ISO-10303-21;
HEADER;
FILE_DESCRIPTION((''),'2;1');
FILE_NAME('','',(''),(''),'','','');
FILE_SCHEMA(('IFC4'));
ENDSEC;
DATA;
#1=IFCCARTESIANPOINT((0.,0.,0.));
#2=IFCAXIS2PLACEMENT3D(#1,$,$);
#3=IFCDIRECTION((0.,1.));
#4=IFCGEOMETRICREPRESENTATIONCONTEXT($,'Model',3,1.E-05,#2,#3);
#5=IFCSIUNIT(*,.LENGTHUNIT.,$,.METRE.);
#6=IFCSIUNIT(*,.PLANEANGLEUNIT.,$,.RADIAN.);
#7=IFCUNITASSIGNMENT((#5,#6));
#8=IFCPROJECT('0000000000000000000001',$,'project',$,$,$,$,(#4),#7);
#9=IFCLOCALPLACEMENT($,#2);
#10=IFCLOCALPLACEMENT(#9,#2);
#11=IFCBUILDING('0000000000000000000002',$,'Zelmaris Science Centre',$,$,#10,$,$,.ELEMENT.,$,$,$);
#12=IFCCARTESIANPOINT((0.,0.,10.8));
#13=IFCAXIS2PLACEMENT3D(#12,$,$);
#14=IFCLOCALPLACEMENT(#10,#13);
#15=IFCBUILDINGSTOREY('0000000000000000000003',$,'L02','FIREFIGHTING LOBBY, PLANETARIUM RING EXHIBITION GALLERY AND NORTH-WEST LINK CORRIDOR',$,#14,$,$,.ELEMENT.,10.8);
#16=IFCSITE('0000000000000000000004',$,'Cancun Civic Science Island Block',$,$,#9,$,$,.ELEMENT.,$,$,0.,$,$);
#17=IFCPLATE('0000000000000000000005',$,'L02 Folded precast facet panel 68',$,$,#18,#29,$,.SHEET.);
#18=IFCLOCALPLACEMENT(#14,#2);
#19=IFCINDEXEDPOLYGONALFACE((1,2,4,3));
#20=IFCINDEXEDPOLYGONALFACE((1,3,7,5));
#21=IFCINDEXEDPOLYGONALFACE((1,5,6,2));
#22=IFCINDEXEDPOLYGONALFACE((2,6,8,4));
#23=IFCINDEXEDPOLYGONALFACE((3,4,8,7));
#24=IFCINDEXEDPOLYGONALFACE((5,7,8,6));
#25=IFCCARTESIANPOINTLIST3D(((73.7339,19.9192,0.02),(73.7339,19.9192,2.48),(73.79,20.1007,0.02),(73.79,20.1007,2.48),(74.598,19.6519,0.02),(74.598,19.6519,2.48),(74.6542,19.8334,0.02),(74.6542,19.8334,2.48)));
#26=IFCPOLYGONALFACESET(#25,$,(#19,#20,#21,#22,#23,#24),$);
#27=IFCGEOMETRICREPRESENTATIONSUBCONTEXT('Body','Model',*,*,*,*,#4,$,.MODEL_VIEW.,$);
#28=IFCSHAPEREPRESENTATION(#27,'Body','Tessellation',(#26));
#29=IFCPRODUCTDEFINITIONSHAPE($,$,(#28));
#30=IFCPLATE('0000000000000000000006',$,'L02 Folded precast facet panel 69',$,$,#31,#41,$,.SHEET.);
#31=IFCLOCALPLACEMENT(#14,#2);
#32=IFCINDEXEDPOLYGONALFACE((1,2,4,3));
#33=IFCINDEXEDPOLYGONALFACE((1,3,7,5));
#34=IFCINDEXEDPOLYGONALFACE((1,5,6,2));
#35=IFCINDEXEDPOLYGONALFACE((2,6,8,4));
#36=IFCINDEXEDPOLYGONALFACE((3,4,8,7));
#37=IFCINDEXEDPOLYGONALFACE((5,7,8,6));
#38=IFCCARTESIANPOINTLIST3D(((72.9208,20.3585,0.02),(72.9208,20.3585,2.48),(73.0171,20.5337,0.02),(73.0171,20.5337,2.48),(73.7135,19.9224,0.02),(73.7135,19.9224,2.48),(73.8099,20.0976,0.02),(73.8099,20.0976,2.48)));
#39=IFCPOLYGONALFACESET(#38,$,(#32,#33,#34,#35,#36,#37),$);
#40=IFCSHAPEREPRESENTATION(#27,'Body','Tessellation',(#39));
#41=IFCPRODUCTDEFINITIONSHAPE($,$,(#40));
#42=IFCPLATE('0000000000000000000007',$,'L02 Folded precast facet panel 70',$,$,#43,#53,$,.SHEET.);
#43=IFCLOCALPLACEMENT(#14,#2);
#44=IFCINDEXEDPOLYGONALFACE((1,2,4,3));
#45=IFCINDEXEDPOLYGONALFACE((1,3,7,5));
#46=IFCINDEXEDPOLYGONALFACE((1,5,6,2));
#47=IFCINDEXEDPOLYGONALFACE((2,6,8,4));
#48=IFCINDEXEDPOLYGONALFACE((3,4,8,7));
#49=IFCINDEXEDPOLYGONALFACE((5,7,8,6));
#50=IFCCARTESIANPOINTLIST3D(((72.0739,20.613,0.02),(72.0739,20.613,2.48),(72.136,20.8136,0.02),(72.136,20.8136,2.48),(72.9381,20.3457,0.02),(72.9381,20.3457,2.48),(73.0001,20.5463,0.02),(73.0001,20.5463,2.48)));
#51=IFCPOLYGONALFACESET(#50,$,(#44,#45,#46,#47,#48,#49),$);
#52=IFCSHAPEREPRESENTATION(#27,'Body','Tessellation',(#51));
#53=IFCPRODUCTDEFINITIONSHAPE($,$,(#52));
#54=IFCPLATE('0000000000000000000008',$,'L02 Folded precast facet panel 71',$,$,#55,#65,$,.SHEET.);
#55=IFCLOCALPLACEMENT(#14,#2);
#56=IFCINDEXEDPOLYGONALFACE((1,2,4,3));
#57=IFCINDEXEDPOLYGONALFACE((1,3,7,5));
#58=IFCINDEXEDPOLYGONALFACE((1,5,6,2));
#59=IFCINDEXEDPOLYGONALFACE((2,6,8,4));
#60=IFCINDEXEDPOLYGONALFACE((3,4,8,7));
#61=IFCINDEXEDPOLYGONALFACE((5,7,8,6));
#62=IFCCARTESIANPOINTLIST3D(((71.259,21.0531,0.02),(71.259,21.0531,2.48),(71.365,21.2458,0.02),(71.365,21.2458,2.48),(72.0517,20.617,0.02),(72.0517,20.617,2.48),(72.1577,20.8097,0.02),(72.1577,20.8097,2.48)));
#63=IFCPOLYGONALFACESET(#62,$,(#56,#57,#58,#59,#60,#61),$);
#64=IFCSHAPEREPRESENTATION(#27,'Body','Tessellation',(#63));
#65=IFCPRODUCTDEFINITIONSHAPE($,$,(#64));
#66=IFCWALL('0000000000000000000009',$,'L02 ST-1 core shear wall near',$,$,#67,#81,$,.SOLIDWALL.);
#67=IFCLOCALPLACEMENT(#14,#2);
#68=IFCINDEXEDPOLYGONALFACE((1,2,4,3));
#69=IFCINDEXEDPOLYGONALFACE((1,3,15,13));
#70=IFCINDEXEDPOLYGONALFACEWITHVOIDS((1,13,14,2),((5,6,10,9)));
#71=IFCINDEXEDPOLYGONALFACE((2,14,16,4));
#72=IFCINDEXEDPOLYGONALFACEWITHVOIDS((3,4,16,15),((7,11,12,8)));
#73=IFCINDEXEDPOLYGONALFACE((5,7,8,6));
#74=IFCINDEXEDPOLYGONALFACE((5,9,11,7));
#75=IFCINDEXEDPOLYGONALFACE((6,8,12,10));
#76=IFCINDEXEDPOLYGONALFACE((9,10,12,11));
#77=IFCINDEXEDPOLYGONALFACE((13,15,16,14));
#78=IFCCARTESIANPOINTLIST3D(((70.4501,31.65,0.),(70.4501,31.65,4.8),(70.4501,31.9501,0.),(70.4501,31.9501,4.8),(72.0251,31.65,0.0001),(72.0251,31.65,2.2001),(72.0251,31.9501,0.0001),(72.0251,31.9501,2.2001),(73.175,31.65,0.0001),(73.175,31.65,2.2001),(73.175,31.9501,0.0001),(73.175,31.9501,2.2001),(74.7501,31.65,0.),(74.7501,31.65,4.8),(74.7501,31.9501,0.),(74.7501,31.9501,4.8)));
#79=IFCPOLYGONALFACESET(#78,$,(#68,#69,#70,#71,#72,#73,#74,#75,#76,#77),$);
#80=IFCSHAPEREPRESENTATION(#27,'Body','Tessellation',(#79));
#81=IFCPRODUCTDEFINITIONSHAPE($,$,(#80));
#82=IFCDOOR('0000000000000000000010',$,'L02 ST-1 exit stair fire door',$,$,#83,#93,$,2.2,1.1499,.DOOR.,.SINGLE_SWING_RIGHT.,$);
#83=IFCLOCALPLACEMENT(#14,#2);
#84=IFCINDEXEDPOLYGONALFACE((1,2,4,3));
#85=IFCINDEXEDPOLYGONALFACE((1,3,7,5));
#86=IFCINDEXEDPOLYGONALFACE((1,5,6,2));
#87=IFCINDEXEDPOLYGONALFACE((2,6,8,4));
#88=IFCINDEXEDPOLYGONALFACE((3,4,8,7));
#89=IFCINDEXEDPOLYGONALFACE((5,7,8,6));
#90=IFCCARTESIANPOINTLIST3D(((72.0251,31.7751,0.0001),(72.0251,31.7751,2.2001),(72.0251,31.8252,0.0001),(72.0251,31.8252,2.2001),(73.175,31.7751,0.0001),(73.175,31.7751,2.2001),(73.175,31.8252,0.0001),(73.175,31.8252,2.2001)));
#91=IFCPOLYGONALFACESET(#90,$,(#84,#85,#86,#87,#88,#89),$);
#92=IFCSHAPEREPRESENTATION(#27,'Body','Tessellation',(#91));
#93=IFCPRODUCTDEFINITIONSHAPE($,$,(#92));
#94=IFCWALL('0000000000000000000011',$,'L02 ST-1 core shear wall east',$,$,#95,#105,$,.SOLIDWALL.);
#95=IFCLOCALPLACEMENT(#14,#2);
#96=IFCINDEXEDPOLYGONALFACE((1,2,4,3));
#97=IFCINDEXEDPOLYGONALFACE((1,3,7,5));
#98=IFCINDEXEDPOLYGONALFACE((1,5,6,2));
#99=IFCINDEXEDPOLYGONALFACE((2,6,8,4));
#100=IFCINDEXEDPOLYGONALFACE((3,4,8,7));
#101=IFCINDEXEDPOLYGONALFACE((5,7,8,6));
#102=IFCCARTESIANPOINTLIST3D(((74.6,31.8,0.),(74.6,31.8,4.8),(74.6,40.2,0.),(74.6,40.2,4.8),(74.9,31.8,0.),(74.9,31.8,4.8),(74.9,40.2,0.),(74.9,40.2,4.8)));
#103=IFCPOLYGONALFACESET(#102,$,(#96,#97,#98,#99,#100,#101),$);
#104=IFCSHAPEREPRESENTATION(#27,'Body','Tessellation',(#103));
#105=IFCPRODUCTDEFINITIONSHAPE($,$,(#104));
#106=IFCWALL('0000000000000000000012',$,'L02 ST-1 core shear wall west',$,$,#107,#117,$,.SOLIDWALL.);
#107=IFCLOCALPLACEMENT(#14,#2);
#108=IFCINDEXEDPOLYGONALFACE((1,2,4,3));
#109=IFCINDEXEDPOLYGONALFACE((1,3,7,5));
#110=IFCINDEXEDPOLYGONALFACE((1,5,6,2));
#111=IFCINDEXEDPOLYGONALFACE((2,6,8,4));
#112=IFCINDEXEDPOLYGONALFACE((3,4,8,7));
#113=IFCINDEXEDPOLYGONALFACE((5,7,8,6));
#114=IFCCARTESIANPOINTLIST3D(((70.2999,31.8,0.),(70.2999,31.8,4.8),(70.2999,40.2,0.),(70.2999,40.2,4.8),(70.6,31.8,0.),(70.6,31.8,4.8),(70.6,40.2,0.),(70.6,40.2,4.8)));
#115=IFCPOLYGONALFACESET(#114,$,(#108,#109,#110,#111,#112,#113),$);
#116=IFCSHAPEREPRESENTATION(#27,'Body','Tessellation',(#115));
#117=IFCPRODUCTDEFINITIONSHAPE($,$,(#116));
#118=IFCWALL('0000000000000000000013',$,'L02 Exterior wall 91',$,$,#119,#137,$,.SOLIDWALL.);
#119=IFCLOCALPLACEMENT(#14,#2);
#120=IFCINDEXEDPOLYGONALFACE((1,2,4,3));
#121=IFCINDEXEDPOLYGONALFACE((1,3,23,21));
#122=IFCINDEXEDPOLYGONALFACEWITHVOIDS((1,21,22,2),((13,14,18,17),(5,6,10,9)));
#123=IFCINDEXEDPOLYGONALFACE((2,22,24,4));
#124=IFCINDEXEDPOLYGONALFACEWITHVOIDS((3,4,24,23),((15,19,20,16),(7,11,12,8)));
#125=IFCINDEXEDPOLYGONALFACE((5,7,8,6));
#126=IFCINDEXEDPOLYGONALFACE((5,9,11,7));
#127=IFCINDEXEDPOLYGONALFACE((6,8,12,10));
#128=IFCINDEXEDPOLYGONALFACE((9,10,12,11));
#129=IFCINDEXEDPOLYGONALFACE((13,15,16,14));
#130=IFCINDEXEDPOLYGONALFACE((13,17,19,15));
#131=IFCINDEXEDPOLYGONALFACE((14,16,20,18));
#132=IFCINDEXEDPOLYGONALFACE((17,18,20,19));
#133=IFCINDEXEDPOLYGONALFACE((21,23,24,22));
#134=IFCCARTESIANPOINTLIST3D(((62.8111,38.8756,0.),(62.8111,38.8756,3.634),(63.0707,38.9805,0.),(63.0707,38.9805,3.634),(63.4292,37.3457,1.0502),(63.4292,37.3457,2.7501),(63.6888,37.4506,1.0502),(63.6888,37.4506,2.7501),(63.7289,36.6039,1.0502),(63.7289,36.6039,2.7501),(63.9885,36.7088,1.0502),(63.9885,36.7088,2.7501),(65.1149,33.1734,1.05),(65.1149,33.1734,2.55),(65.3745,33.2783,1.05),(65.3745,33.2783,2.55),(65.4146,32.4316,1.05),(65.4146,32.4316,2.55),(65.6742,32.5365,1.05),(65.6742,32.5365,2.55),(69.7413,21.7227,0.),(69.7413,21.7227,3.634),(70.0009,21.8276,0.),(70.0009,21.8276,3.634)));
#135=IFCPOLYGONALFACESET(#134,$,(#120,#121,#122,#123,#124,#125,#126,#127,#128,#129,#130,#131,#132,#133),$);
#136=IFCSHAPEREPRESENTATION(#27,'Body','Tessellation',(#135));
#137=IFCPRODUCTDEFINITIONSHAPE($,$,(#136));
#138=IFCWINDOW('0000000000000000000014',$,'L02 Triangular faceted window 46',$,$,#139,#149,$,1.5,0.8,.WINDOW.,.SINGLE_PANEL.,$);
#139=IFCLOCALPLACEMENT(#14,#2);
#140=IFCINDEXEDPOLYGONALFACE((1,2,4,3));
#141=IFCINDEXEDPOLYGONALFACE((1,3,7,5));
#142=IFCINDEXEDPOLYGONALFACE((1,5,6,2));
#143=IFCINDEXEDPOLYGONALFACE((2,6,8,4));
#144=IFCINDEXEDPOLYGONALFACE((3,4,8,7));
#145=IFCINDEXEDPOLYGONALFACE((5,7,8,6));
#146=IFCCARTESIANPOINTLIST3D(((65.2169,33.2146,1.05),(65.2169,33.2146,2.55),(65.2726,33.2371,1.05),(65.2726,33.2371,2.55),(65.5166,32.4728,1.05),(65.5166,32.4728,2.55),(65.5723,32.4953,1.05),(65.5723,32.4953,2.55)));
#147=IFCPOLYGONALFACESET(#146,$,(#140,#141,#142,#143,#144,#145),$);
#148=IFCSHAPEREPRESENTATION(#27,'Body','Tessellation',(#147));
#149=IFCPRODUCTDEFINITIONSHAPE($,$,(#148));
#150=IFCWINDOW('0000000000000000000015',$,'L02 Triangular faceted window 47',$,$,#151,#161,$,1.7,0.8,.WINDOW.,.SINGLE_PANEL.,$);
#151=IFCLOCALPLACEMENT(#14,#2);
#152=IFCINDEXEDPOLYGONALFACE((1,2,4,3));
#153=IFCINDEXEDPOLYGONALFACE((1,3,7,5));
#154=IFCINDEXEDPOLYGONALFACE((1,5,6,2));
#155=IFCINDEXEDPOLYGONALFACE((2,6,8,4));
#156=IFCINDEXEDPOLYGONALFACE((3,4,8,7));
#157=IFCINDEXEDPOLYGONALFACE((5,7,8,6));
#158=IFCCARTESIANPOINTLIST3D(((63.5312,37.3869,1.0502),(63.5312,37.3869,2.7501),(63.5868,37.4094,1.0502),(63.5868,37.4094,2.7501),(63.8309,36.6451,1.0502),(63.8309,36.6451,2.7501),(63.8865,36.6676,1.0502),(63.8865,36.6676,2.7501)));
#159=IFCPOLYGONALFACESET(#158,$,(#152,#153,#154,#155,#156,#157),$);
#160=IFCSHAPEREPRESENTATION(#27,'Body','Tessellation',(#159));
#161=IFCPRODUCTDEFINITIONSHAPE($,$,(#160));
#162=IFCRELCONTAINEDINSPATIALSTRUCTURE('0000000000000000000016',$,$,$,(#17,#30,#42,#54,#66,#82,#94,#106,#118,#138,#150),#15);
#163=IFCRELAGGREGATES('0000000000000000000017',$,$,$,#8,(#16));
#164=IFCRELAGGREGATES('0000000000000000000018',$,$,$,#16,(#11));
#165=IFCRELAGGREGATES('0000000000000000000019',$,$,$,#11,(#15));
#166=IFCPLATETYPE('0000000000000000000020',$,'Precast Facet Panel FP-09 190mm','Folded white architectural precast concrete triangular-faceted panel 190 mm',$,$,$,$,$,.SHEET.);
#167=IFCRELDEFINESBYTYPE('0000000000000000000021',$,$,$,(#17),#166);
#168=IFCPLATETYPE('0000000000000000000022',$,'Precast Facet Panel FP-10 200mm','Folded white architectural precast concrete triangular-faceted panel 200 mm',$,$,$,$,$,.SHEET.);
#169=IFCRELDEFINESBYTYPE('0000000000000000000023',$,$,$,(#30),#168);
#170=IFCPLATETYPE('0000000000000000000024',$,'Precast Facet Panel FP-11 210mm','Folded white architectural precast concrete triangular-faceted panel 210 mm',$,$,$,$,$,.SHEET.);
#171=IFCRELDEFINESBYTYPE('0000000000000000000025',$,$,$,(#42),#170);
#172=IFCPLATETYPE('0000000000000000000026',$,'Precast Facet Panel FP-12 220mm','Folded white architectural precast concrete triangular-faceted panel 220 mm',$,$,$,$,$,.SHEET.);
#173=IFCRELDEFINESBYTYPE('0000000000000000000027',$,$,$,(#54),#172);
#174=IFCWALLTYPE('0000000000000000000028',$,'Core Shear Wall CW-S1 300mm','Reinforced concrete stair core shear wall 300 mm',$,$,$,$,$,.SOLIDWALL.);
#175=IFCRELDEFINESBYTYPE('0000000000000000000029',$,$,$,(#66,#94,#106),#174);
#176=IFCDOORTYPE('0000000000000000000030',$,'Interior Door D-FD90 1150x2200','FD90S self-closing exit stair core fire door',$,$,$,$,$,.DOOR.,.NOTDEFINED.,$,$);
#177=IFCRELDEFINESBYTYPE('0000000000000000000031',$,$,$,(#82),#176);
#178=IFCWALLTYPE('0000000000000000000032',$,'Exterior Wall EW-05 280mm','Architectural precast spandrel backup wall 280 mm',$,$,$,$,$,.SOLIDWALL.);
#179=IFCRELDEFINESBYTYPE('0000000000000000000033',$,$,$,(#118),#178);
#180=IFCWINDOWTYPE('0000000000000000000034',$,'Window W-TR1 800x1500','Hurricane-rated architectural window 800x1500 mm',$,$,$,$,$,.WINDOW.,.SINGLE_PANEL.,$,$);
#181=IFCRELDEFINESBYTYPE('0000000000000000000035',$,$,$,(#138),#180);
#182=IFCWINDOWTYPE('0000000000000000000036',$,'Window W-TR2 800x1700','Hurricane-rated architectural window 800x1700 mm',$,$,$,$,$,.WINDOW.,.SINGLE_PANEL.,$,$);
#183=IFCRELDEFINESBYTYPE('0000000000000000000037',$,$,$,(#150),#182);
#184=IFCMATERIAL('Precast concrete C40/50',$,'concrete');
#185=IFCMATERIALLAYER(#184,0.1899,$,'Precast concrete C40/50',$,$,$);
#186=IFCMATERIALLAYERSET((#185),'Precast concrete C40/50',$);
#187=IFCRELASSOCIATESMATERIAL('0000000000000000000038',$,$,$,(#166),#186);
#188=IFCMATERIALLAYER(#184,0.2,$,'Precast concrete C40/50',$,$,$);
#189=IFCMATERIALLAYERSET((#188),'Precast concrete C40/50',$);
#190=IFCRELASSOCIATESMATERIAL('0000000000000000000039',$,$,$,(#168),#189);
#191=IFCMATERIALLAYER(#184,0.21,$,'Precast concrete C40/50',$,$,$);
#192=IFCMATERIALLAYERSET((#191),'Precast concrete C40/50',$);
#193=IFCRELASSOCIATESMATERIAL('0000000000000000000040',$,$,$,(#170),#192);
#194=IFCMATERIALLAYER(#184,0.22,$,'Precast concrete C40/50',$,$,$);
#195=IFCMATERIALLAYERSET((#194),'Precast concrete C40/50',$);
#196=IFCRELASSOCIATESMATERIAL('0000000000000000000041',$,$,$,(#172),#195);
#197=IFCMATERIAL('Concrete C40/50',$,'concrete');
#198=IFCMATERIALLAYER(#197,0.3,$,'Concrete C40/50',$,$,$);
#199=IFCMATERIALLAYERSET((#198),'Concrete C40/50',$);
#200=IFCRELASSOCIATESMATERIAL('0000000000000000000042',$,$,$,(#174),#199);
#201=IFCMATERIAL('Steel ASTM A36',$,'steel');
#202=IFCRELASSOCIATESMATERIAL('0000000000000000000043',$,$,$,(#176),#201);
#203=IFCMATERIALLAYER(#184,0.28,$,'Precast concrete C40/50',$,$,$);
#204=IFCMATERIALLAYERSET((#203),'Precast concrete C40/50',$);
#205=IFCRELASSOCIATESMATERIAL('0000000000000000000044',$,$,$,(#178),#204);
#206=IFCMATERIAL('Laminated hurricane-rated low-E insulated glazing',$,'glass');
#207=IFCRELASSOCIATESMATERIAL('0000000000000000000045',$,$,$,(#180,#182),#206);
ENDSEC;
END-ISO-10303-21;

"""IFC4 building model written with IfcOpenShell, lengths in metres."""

from ifc_helpers import new_model, si_unit, direction, frame, frame_2d, origin, place, context, subcontext, project, spatial, rectangle, extrude, material, layer, layer_set, type_object, element, fill, save


model = new_model("IFC4")

# Units and contexts
model_context = context("Model", 3, precision=1e-05, world=origin(), true_north=direction((0.0, 1.0)))
body_context = subcontext(model_context, "Body", "Model", "MODEL_VIEW")
ifc_project = project(units=[si_unit("LENGTHUNIT", "METRE"), si_unit("PLANEANGLEUNIT", "RADIAN")], contexts=[model_context])

# Site, building, storey
site_placement = place(None, origin())
site = spatial("IfcSite", under=ifc_project, at=site_placement, Name="Cancun Civic Science Island Block", CompositionType="ELEMENT", RefElevation=0.0)
building_placement = place(site_placement, origin())
building = spatial("IfcBuilding", under=site, at=building_placement, Name="Zelmaris Science Centre", CompositionType="ELEMENT")
storey_placement = place(building_placement, frame((0.0, 0.0, 10.8)))
storey = spatial("IfcBuildingStorey", under=building, at=storey_placement, Name="L02", Description="FIREFIGHTING LOBBY, PLANETARIUM RING EXHIBITION GALLERY AND NORTH-WEST LINK CORRIDOR", CompositionType="ELEMENT", Elevation=10.8)

# Plates
ifc_material_1 = material(Name="Precast concrete C40/50", Category="concrete")
ifc_layer_1 = layer(ifc_material_1, 0.1899, Name="Precast concrete C40/50")
ifc_layer_set_1 = layer_set([ifc_layer_1], Name="Precast concrete C40/50")
plate_type_1 = type_object("IfcPlateType", Name="Precast Facet Panel FP-09 190mm", Description="Folded white architectural precast concrete triangular-faceted panel 190 mm", PredefinedType="SHEET", material=ifc_layer_set_1)
plate_1_placement = place(storey_placement, frame((74.626, 19.7427, 0.02), z_axis=(0.0, 0.0, 1.0), x_axis=(-0.95534, 0.295508, 0.0)))
element("IfcPlate", 1, at=plate_1_placement, inside=storey, type_object=plate_type_1, Name="L02 Folded precast facet panel 68", PredefinedType="SHEET", context=body_context, shape_type="SweptSolid", body=[
    extrude(rectangle(XDim=0.9045, YDim=0.1899, at=frame_2d((0.4521, 0.0))), origin(), (0.0, 0.0, 1.0), 2.46),
])
ifc_layer_2 = layer(ifc_material_1, 0.2, Name="Precast concrete C40/50")
ifc_layer_set_2 = layer_set([ifc_layer_2], Name="Precast concrete C40/50")
plate_type_2 = type_object("IfcPlateType", Name="Precast Facet Panel FP-10 200mm", Description="Folded white architectural precast concrete triangular-faceted panel 200 mm", PredefinedType="SHEET", material=ifc_layer_set_2)
plate_2_placement = place(storey_placement, frame((73.7617, 20.01, 0.02), z_axis=(0.0, 0.0, 1.0), x_axis=(-0.876199, 0.48195, 0.0)))
element("IfcPlate", 2, at=plate_2_placement, inside=storey, type_object=plate_type_2, Name="L02 Folded precast facet panel 69", PredefinedType="SHEET", context=body_context, shape_type="SweptSolid", body=[
    extrude(rectangle(XDim=0.9048, YDim=0.2, at=frame_2d((0.4524, 0.0))), origin(), (0.0, 0.0, 1.0), 2.46),
])
ifc_layer_3 = layer(ifc_material_1, 0.21, Name="Precast concrete C40/50")
ifc_layer_set_3 = layer_set([ifc_layer_3], Name="Precast concrete C40/50")
plate_type_3 = type_object("IfcPlateType", Name="Precast Facet Panel FP-11 210mm", Description="Folded white architectural precast concrete triangular-faceted panel 210 mm", PredefinedType="SHEET", material=ifc_layer_set_3)
plate_3_placement = place(storey_placement, frame((72.969, 20.446, 0.02), z_axis=(0.0, 0.0, 1.0), x_axis=(-0.95534, 0.295508, 0.0)))
element("IfcPlate", 3, at=plate_3_placement, inside=storey, type_object=plate_type_3, Name="L02 Folded precast facet panel 70", PredefinedType="SHEET", context=body_context, shape_type="SweptSolid", body=[
    extrude(rectangle(XDim=0.9045, YDim=0.21, at=frame_2d((0.4521, 0.0))), origin(), (0.0, 0.0, 1.0), 2.46),
])
ifc_layer_4 = layer(ifc_material_1, 0.22, Name="Precast concrete C40/50")
ifc_layer_set_4 = layer_set([ifc_layer_4], Name="Precast concrete C40/50")
plate_type_4 = type_object("IfcPlateType", Name="Precast Facet Panel FP-12 220mm", Description="Folded white architectural precast concrete triangular-faceted panel 220 mm", PredefinedType="SHEET", material=ifc_layer_set_4)
plate_4_placement = place(storey_placement, frame((72.1047, 20.7134, 0.02), z_axis=(0.0, 0.0, 1.0), x_axis=(-0.876199, 0.48195, 0.0)))
element("IfcPlate", 4, at=plate_4_placement, inside=storey, type_object=plate_type_4, Name="L02 Folded precast facet panel 71", PredefinedType="SHEET", context=body_context, shape_type="SweptSolid", body=[
    extrude(rectangle(XDim=0.9048, YDim=0.22, at=frame_2d((0.4524, 0.0))), origin(), (0.0, 0.0, 1.0), 2.46),
])

# Wall, opening, door
ifc_material_2 = material(Name="Concrete C40/50", Category="concrete")
ifc_layer_5 = layer(ifc_material_2, 0.3, Name="Concrete C40/50")
ifc_layer_set_5 = layer_set([ifc_layer_5], Name="Concrete C40/50")
wall_type_1 = type_object("IfcWallType", Name="Core Shear Wall CW-S1 300mm", Description="Reinforced concrete stair core shear wall 300 mm", PredefinedType="SOLIDWALL", material=ifc_layer_set_5)
wall_1_placement = place(storey_placement, frame((74.75, 31.8, 0.0), z_axis=(0.0, 0.0, 1.0), x_axis=(-1.0, 0.0, 0.0)))
wall_1 = element("IfcWall", 5, at=wall_1_placement, inside=storey, type_object=wall_type_1, Name="L02 ST-1 core shear wall near", PredefinedType="SOLIDWALL", context=body_context, shape_type="SweptSolid", body=[
    extrude(rectangle(XDim=4.3, YDim=0.3, at=frame_2d((2.1499, 0.0))), origin(), (0.0, 0.0, 1.0), 4.8),
])
opening_1_placement = place(wall_1_placement, frame((1.575, 0.0, 0.0)))
opening_1 = element("IfcOpeningElement", 6, at=opening_1_placement, cuts=wall_1, PredefinedType="OPENING", context=body_context, shape_type="SweptSolid", body=[
    extrude(rectangle(XDim=1.1499, YDim=2.2, at=frame_2d((0.575, 1.1001))), frame((0.0, 0.1599, 0.0), z_axis=(0.0, -1.0, 0.0), x_axis=(1.0, 0.0, 0.0)), (0.0, 0.0, 1.0), 0.3201),
])
ifc_material_3 = material(Name="Steel ASTM A36", Category="steel")
door_type = type_object("IfcDoorType", Name="Interior Door D-FD90 1150x2200", Description="FD90S self-closing exit stair core fire door", OperationType="NOTDEFINED", PredefinedType="DOOR", material=ifc_material_3)
door_placement = place(opening_1_placement, origin())
door = element("IfcDoor", 7, at=door_placement, inside=storey, type_object=door_type, Name="L02 ST-1 exit stair fire door", OperationType="SINGLE_SWING_RIGHT", OverallHeight=2.2, OverallWidth=1.1499, PredefinedType="DOOR", context=body_context, shape_type="SweptSolid", body=[
    extrude(rectangle(XDim=1.1499, YDim=2.2, at=frame_2d((0.575, 1.1001))), frame((0.0, 0.0249, 0.0), z_axis=(0.0, -1.0, 0.0), x_axis=(1.0, 0.0, 0.0)), (0.0, 0.0, 1.0), 0.05),
])
fill(opening_1, door)

# Walls
for number, where, z_axis, x_axis, name in (
    (8, (74.75, 31.8, 0.0), (0.0, 0.0, 1.0), (0.0, 1.0, 0.0), "L02 ST-1 core shear wall east"),
    (9, (70.45, 31.8, 0.0), (0.0, 0.0, 1.0), (0.0, 1.0, 0.0), "L02 ST-1 core shear wall west"),
):
    element("IfcWall", number, at=place(storey_placement, frame(where, z_axis=z_axis, x_axis=x_axis)), inside=storey, type_object=wall_type_1, Name=name, PredefinedType="SOLIDWALL", context=body_context, shape_type="SweptSolid", body=[
        extrude(rectangle(XDim=8.3999, YDim=0.3, at=frame_2d((4.2, 0.0))), origin(), (0.0, 0.0, 1.0), 4.8),
    ])

# Wall, openings, windows
ifc_layer_6 = layer(ifc_material_1, 0.28, Name="Precast concrete C40/50")
ifc_layer_set_6 = layer_set([ifc_layer_6], Name="Precast concrete C40/50")
wall_type_2 = type_object("IfcWallType", Name="Exterior Wall EW-05 280mm", Description="Architectural precast spandrel backup wall 280 mm", PredefinedType="SOLIDWALL", material=ifc_layer_set_6)
wall_2_placement = place(storey_placement, frame((69.8711, 21.7751, 0.0), z_axis=(0.0, 0.0, 1.0), x_axis=(-0.374606, 0.927184, 0.0)))
wall_2 = element("IfcWall", 10, at=wall_2_placement, inside=storey, type_object=wall_type_2, Name="L02 Exterior wall 91", PredefinedType="SOLIDWALL", context=body_context, shape_type="SweptSolid", body=[
    extrude(rectangle(XDim=18.5, YDim=0.28, at=frame_2d((9.25, 0.0))), origin(), (0.0, 0.0, 1.0), 3.634),
])
opening_2_placement = place(wall_2_placement, frame((11.55, 0.0, 1.05)))
opening_2 = element("IfcOpeningElement", 11, at=opening_2_placement, cuts=wall_2, PredefinedType="OPENING", context=body_context, shape_type="SweptSolid", body=[
    extrude(rectangle(XDim=0.8, YDim=1.5, at=frame_2d((0.3999, 0.75))), frame((0.0, 0.1499, 0.0), z_axis=(0.0, -1.0, 0.0), x_axis=(1.0, 0.0, 0.0)), (0.0, 0.0, 1.0), 0.3),
])
opening_3_placement = place(wall_2_placement, frame((16.05, 0.0, 1.05)))
opening_3 = element("IfcOpeningElement", 12, at=opening_3_placement, cuts=wall_2, PredefinedType="OPENING", context=body_context, shape_type="SweptSolid", body=[
    extrude(rectangle(XDim=0.8, YDim=1.7, at=frame_2d((0.3999, 0.8501))), frame((0.0, 0.1499, 0.0), z_axis=(0.0, -1.0, 0.0), x_axis=(1.0, 0.0, 0.0)), (0.0, 0.0, 1.0), 0.3),
])
ifc_material_4 = material(Name="Laminated hurricane-rated low-E insulated glazing", Category="glass")
window_type_1 = type_object("IfcWindowType", Name="Window W-TR1 800x1500", Description="Hurricane-rated architectural window 800x1500 mm", PartitioningType="SINGLE_PANEL", PredefinedType="WINDOW", material=ifc_material_4)
window_1_placement = place(opening_2_placement, origin())
window_1 = element("IfcWindow", 13, at=window_1_placement, inside=storey, type_object=window_type_1, Name="L02 Triangular faceted window 46", OverallHeight=1.5, OverallWidth=0.8, PartitioningType="SINGLE_PANEL", PredefinedType="WINDOW", context=body_context, shape_type="SweptSolid", body=[
    extrude(rectangle(XDim=0.8, YDim=1.5, at=frame_2d((0.3999, 0.75))), frame((0.0, 0.03, 0.0), z_axis=(0.0, -1.0, 0.0), x_axis=(1.0, 0.0, 0.0)), (0.0, 0.0, 1.0), 0.0601),
])
fill(opening_2, window_1)
window_type_2 = type_object("IfcWindowType", Name="Window W-TR2 800x1700", Description="Hurricane-rated architectural window 800x1700 mm", PartitioningType="SINGLE_PANEL", PredefinedType="WINDOW", material=ifc_material_4)
window_2_placement = place(opening_3_placement, origin())
window_2 = element("IfcWindow", 14, at=window_2_placement, inside=storey, type_object=window_type_2, Name="L02 Triangular faceted window 47", OverallHeight=1.7, OverallWidth=0.8, PartitioningType="SINGLE_PANEL", PredefinedType="WINDOW", context=body_context, shape_type="SweptSolid", body=[
    extrude(rectangle(XDim=0.8, YDim=1.7, at=frame_2d((0.3999, 0.8501))), frame((0.0, 0.03, 0.0), z_axis=(0.0, -1.0, 0.0), x_axis=(1.0, 0.0, 0.0)), (0.0, 0.0, 1.0), 0.0601),
])
fill(opening_3, window_2)

save(model, "model.ifc")
